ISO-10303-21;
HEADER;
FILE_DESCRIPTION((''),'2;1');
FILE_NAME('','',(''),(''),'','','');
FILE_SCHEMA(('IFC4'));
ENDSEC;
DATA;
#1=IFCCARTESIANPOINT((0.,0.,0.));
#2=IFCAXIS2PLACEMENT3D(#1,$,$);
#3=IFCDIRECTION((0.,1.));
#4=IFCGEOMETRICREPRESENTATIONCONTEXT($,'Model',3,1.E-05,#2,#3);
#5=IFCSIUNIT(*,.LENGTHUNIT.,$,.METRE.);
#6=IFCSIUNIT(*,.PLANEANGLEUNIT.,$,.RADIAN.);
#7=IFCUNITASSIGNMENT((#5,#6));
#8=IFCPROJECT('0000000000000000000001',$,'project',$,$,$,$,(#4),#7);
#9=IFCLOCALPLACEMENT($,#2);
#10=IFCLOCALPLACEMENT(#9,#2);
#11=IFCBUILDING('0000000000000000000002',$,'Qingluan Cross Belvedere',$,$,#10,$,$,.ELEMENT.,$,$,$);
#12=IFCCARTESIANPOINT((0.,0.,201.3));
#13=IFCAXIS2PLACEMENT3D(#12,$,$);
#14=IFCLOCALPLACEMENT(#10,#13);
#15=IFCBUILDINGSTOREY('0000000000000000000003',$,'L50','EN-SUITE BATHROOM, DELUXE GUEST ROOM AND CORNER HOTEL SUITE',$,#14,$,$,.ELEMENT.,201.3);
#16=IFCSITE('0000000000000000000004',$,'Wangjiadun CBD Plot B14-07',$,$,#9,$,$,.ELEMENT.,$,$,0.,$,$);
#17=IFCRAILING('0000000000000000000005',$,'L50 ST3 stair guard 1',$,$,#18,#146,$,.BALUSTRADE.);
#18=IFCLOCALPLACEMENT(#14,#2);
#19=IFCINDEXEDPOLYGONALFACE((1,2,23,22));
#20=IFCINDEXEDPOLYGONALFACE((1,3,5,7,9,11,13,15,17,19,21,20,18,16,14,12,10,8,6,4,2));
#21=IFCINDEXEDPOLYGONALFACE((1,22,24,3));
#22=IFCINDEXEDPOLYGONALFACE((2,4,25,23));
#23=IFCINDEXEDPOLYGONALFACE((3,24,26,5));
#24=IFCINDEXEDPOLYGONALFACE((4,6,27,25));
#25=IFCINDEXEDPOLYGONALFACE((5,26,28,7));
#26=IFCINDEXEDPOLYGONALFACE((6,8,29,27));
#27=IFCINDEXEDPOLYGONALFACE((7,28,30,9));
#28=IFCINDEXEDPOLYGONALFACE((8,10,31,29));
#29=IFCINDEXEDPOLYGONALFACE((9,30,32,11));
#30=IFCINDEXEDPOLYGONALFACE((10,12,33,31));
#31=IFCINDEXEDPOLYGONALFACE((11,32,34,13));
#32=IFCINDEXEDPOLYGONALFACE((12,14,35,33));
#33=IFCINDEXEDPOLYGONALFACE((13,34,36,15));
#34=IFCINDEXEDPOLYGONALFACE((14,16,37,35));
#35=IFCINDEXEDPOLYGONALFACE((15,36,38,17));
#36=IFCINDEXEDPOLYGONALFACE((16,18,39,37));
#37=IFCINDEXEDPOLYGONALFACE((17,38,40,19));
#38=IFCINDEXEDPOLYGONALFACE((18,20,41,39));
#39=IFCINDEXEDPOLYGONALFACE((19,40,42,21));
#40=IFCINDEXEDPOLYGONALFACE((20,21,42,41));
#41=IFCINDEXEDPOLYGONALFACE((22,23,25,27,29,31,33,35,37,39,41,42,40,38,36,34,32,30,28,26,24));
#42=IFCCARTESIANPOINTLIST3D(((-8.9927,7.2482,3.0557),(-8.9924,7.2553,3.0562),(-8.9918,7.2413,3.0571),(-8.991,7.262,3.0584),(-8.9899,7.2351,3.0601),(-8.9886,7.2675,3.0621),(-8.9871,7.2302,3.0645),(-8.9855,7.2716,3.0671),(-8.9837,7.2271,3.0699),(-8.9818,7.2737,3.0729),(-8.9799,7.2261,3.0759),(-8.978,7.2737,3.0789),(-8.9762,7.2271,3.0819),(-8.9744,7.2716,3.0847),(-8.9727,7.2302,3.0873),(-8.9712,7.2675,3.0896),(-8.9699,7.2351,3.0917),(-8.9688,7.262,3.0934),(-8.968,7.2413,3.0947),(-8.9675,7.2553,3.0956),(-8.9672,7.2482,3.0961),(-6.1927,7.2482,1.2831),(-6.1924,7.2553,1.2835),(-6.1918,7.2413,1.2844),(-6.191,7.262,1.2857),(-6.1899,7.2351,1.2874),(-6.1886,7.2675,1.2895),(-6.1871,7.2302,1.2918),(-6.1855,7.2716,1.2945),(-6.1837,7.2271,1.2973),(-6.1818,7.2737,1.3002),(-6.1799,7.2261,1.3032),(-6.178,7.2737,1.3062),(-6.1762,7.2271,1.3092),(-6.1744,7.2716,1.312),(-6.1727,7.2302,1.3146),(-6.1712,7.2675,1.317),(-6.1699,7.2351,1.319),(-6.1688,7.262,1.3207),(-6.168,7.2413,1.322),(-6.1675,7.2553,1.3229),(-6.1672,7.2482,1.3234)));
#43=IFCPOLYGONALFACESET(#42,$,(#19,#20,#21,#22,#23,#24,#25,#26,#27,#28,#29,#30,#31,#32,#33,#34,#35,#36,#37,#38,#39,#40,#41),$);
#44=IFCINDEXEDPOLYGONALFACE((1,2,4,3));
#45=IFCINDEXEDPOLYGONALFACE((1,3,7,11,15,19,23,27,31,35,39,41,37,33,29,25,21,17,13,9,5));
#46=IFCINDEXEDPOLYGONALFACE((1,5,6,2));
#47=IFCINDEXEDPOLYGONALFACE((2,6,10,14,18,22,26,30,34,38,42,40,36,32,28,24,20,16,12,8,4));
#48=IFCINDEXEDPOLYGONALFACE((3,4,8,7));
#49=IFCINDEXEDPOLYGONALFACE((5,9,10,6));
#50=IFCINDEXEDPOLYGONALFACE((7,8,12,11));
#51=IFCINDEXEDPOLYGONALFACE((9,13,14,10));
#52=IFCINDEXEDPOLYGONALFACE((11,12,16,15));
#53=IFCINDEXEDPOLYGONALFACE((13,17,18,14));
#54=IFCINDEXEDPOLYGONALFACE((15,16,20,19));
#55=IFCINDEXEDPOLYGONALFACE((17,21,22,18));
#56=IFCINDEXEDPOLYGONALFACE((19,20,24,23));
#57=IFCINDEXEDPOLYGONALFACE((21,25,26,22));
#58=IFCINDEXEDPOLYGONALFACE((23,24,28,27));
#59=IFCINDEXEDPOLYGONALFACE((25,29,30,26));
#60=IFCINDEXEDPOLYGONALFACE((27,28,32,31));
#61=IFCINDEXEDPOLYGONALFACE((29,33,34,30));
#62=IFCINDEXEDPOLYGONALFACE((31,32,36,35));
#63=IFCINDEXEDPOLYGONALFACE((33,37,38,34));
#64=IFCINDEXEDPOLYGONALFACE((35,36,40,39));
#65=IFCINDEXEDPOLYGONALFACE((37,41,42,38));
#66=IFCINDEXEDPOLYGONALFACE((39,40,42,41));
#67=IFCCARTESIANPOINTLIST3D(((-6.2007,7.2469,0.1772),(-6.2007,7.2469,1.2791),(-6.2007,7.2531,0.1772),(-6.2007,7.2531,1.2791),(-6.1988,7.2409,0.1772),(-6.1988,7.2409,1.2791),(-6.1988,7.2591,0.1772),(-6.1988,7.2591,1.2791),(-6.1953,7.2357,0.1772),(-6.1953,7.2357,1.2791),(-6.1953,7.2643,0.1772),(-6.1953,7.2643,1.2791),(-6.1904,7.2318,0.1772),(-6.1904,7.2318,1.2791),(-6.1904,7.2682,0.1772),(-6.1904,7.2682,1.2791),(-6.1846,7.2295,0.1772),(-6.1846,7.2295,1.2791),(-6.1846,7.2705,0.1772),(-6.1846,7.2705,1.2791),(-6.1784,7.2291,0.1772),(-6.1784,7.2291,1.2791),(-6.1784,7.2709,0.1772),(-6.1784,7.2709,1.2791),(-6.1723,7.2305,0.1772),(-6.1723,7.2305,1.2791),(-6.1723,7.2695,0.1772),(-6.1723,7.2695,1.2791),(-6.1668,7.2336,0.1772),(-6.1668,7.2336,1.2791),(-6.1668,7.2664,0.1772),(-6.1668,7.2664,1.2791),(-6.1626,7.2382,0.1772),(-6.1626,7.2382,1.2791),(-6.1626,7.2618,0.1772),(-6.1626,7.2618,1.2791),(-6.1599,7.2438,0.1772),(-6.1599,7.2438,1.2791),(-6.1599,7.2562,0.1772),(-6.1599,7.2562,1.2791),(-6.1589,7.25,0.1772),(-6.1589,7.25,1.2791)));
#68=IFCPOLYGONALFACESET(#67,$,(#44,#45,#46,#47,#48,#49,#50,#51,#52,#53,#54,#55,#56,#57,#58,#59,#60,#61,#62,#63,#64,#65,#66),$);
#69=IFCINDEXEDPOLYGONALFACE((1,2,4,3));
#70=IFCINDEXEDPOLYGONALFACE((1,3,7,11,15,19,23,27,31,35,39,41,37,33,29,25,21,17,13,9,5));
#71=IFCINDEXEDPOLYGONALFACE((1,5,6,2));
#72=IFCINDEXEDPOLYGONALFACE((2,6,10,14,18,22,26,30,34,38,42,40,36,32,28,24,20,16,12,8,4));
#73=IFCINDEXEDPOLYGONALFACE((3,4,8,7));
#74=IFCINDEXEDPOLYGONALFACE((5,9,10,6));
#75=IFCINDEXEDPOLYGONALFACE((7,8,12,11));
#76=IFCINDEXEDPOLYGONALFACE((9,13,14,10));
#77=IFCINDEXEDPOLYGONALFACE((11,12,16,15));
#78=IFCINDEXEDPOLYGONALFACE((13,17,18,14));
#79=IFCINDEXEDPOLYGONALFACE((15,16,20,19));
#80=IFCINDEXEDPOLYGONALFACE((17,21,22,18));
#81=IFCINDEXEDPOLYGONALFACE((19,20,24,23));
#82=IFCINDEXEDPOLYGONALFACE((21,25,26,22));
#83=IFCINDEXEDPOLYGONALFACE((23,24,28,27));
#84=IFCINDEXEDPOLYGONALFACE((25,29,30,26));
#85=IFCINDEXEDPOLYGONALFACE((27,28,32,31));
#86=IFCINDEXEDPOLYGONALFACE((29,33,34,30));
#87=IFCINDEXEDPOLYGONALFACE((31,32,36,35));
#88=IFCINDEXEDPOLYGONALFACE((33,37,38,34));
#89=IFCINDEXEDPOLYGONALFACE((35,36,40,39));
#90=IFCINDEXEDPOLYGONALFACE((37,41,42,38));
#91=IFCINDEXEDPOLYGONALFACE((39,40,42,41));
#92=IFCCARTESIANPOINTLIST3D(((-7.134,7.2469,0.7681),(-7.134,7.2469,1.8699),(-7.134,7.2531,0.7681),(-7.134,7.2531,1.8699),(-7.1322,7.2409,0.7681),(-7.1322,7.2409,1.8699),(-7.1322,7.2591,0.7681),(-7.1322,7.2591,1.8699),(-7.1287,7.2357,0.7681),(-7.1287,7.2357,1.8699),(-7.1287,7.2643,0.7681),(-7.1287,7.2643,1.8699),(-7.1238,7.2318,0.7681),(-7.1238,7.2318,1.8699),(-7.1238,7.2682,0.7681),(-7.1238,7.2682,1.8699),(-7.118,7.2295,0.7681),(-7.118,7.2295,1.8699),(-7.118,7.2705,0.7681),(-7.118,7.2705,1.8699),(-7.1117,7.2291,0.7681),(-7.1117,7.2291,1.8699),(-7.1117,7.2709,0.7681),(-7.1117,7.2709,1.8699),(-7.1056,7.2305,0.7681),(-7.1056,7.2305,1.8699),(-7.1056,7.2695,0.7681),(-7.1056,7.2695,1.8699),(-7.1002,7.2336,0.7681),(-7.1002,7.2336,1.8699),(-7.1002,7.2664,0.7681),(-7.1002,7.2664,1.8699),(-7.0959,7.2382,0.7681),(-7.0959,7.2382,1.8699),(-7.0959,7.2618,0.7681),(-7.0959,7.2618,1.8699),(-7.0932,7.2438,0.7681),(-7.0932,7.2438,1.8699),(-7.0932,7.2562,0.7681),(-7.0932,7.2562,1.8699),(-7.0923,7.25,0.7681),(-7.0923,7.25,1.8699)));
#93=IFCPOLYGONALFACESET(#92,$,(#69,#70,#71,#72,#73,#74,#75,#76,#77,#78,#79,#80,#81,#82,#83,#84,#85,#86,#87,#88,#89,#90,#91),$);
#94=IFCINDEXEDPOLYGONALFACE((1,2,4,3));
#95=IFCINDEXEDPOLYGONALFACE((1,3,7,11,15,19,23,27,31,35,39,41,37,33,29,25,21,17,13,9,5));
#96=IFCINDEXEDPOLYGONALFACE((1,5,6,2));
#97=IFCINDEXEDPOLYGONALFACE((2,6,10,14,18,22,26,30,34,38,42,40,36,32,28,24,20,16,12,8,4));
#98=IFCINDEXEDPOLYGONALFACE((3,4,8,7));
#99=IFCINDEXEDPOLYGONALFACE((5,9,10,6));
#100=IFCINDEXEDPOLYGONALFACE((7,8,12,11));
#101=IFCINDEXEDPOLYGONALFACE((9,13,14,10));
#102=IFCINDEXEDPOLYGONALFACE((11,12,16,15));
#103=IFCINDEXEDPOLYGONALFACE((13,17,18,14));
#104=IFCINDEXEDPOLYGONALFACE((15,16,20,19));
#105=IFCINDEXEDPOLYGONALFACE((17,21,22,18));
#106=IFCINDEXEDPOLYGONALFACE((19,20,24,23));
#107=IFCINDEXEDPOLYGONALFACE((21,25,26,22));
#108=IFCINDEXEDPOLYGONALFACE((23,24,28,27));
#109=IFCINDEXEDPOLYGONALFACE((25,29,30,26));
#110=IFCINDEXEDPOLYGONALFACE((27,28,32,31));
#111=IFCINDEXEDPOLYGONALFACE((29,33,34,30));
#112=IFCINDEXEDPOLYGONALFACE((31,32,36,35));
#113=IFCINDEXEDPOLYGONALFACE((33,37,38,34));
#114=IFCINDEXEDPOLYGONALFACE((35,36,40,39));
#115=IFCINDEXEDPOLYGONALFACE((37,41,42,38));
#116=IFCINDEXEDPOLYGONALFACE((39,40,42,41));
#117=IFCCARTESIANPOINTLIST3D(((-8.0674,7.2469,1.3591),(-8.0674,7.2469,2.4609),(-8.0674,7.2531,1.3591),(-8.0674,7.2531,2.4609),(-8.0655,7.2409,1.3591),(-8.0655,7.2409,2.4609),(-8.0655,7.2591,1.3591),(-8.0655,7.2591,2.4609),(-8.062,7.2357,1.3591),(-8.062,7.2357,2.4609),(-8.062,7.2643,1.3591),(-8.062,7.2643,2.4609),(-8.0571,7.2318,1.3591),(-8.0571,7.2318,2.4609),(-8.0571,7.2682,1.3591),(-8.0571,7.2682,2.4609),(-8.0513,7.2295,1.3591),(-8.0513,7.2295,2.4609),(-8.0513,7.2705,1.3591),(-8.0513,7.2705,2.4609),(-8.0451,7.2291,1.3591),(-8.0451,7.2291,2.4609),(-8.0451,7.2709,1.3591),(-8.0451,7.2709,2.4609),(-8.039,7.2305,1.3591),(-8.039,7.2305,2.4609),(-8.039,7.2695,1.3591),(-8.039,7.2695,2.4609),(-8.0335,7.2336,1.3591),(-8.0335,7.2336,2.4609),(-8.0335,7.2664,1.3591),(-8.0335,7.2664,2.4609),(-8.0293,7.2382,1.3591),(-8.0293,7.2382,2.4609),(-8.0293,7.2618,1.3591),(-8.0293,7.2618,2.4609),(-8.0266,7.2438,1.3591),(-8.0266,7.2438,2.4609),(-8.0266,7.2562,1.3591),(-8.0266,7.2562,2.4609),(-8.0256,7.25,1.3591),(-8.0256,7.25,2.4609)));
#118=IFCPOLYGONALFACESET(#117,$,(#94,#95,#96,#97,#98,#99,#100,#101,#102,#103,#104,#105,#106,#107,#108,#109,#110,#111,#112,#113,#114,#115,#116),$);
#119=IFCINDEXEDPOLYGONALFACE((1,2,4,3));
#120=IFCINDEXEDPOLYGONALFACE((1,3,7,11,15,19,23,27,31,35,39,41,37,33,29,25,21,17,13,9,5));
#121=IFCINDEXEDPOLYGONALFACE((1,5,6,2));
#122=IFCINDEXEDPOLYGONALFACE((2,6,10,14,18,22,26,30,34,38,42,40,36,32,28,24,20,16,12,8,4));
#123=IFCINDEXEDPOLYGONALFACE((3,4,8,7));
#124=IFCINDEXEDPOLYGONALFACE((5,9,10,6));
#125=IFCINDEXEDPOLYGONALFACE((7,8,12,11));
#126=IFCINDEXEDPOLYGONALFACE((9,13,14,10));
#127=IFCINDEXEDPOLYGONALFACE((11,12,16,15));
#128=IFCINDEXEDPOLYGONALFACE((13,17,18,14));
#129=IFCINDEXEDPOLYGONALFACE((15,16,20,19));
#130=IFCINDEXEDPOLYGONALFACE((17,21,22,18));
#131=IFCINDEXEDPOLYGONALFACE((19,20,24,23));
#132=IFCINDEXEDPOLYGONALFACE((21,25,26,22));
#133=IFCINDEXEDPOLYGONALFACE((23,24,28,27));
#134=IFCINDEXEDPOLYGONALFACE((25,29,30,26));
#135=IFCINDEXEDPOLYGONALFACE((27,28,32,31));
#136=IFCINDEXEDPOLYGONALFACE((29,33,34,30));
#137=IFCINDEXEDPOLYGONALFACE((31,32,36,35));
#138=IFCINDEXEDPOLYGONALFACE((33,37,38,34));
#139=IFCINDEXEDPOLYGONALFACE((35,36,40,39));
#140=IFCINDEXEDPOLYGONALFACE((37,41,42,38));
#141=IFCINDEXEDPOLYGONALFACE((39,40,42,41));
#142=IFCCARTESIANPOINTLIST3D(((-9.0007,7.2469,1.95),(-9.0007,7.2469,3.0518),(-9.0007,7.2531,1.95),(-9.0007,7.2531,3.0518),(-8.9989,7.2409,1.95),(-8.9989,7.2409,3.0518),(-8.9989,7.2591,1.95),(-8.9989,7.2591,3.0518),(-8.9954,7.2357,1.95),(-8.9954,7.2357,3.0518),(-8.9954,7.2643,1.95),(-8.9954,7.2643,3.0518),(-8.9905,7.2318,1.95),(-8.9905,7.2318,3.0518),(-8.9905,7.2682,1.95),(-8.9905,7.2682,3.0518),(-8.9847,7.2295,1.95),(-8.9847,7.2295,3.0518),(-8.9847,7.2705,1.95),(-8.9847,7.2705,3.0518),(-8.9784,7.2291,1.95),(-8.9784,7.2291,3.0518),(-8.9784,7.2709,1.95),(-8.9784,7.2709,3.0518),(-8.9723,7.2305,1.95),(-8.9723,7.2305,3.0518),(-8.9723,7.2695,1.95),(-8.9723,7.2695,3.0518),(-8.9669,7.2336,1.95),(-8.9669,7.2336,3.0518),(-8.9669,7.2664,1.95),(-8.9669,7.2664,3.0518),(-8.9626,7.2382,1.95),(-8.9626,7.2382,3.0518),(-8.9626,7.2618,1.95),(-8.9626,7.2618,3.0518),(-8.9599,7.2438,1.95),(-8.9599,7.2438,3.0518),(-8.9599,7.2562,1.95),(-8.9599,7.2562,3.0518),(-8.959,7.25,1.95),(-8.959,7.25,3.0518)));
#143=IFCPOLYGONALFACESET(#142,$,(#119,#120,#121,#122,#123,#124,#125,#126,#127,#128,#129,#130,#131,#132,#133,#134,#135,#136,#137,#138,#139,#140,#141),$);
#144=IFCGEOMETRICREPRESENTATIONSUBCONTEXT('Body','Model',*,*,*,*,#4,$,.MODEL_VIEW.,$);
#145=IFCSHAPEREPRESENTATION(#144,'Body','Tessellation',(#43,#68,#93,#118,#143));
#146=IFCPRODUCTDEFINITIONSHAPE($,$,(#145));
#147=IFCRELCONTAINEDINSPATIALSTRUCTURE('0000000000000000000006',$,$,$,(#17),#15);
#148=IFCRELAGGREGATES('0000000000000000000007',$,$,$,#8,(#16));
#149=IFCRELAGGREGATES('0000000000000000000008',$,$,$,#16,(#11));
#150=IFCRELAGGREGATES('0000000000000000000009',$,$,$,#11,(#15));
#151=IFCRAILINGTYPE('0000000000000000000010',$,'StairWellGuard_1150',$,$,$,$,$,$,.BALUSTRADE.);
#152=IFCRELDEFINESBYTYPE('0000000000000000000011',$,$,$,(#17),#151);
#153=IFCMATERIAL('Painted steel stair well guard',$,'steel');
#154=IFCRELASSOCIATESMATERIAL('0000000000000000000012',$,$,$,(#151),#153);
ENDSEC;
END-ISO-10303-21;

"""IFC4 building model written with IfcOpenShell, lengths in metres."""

from ifc_helpers import new_model, si_unit, direction, frame, origin, origin_2d, place, context, subcontext, project, spatial, circle, extrude, material, type_object, element, save


model = new_model("IFC4")

# Units and contexts
model_context = context("Model", 3, precision=1e-05, world=origin(), true_north=direction((0.0, 1.0)))
body_context = subcontext(model_context, "Body", "Model", "MODEL_VIEW")
ifc_project = project(units=[si_unit("LENGTHUNIT", "METRE"), si_unit("PLANEANGLEUNIT", "RADIAN")], contexts=[model_context])

# Site, building, storey
site_placement = place(None, origin())
site = spatial("IfcSite", under=ifc_project, at=site_placement, Name="Wangjiadun CBD Plot B14-07", CompositionType="ELEMENT", RefElevation=0.0)
building_placement = place(site_placement, origin())
building = spatial("IfcBuilding", under=site, at=building_placement, Name="Qingluan Cross Belvedere", CompositionType="ELEMENT")
storey_placement = place(building_placement, frame((0.0, 0.0, 201.3)))
storey = spatial("IfcBuildingStorey", under=building, at=storey_placement, Name="L50", Description="EN-SUITE BATHROOM, DELUXE GUEST ROOM AND CORNER HOTEL SUITE", CompositionType="ELEMENT", Elevation=201.3)

# Railing
ifc_material_1 = material(Name="Painted steel stair well guard", Category="steel")
railing_type_1 = type_object("IfcRailingType", Name="StairWellGuard_1150", PredefinedType="BALUSTRADE", material=ifc_material_1)
railing_1_placement = place(storey_placement, frame((-6.1799, 7.25, 0.1772)))
element("IfcRailing", 1, at=railing_1_placement, inside=storey, type_object=railing_type_1, Name="L50 ST3 stair guard 1", PredefinedType="BALUSTRADE", context=body_context, shape_type="SweptSolid", body=[
    extrude(circle(Radius=0.0239, at=origin_2d()), frame((0.0, 0.0, 1.126), z_axis=(-0.844909, 0.0, 0.53491), x_axis=(0.0, -1.0, 0.0)), (0.0, 0.0, 1.0), 3.314),
    extrude(circle(Radius=0.021, at=origin_2d()), origin(), (0.0, 0.0, 1.0), 1.1018),
    extrude(circle(Radius=0.021, at=origin_2d()), frame((-0.9333, 0.0, 0.5908)), (0.0, 0.0, 1.0), 1.1018),
    extrude(circle(Radius=0.021, at=origin_2d()), frame((-1.8667, 0.0, 1.1819)), (0.0, 0.0, 1.0), 1.1018),
    extrude(circle(Radius=0.021, at=origin_2d()), frame((-2.8, 0.0, 1.7727)), (0.0, 0.0, 1.0), 1.1018),
])

save(model, "model.ifc")
